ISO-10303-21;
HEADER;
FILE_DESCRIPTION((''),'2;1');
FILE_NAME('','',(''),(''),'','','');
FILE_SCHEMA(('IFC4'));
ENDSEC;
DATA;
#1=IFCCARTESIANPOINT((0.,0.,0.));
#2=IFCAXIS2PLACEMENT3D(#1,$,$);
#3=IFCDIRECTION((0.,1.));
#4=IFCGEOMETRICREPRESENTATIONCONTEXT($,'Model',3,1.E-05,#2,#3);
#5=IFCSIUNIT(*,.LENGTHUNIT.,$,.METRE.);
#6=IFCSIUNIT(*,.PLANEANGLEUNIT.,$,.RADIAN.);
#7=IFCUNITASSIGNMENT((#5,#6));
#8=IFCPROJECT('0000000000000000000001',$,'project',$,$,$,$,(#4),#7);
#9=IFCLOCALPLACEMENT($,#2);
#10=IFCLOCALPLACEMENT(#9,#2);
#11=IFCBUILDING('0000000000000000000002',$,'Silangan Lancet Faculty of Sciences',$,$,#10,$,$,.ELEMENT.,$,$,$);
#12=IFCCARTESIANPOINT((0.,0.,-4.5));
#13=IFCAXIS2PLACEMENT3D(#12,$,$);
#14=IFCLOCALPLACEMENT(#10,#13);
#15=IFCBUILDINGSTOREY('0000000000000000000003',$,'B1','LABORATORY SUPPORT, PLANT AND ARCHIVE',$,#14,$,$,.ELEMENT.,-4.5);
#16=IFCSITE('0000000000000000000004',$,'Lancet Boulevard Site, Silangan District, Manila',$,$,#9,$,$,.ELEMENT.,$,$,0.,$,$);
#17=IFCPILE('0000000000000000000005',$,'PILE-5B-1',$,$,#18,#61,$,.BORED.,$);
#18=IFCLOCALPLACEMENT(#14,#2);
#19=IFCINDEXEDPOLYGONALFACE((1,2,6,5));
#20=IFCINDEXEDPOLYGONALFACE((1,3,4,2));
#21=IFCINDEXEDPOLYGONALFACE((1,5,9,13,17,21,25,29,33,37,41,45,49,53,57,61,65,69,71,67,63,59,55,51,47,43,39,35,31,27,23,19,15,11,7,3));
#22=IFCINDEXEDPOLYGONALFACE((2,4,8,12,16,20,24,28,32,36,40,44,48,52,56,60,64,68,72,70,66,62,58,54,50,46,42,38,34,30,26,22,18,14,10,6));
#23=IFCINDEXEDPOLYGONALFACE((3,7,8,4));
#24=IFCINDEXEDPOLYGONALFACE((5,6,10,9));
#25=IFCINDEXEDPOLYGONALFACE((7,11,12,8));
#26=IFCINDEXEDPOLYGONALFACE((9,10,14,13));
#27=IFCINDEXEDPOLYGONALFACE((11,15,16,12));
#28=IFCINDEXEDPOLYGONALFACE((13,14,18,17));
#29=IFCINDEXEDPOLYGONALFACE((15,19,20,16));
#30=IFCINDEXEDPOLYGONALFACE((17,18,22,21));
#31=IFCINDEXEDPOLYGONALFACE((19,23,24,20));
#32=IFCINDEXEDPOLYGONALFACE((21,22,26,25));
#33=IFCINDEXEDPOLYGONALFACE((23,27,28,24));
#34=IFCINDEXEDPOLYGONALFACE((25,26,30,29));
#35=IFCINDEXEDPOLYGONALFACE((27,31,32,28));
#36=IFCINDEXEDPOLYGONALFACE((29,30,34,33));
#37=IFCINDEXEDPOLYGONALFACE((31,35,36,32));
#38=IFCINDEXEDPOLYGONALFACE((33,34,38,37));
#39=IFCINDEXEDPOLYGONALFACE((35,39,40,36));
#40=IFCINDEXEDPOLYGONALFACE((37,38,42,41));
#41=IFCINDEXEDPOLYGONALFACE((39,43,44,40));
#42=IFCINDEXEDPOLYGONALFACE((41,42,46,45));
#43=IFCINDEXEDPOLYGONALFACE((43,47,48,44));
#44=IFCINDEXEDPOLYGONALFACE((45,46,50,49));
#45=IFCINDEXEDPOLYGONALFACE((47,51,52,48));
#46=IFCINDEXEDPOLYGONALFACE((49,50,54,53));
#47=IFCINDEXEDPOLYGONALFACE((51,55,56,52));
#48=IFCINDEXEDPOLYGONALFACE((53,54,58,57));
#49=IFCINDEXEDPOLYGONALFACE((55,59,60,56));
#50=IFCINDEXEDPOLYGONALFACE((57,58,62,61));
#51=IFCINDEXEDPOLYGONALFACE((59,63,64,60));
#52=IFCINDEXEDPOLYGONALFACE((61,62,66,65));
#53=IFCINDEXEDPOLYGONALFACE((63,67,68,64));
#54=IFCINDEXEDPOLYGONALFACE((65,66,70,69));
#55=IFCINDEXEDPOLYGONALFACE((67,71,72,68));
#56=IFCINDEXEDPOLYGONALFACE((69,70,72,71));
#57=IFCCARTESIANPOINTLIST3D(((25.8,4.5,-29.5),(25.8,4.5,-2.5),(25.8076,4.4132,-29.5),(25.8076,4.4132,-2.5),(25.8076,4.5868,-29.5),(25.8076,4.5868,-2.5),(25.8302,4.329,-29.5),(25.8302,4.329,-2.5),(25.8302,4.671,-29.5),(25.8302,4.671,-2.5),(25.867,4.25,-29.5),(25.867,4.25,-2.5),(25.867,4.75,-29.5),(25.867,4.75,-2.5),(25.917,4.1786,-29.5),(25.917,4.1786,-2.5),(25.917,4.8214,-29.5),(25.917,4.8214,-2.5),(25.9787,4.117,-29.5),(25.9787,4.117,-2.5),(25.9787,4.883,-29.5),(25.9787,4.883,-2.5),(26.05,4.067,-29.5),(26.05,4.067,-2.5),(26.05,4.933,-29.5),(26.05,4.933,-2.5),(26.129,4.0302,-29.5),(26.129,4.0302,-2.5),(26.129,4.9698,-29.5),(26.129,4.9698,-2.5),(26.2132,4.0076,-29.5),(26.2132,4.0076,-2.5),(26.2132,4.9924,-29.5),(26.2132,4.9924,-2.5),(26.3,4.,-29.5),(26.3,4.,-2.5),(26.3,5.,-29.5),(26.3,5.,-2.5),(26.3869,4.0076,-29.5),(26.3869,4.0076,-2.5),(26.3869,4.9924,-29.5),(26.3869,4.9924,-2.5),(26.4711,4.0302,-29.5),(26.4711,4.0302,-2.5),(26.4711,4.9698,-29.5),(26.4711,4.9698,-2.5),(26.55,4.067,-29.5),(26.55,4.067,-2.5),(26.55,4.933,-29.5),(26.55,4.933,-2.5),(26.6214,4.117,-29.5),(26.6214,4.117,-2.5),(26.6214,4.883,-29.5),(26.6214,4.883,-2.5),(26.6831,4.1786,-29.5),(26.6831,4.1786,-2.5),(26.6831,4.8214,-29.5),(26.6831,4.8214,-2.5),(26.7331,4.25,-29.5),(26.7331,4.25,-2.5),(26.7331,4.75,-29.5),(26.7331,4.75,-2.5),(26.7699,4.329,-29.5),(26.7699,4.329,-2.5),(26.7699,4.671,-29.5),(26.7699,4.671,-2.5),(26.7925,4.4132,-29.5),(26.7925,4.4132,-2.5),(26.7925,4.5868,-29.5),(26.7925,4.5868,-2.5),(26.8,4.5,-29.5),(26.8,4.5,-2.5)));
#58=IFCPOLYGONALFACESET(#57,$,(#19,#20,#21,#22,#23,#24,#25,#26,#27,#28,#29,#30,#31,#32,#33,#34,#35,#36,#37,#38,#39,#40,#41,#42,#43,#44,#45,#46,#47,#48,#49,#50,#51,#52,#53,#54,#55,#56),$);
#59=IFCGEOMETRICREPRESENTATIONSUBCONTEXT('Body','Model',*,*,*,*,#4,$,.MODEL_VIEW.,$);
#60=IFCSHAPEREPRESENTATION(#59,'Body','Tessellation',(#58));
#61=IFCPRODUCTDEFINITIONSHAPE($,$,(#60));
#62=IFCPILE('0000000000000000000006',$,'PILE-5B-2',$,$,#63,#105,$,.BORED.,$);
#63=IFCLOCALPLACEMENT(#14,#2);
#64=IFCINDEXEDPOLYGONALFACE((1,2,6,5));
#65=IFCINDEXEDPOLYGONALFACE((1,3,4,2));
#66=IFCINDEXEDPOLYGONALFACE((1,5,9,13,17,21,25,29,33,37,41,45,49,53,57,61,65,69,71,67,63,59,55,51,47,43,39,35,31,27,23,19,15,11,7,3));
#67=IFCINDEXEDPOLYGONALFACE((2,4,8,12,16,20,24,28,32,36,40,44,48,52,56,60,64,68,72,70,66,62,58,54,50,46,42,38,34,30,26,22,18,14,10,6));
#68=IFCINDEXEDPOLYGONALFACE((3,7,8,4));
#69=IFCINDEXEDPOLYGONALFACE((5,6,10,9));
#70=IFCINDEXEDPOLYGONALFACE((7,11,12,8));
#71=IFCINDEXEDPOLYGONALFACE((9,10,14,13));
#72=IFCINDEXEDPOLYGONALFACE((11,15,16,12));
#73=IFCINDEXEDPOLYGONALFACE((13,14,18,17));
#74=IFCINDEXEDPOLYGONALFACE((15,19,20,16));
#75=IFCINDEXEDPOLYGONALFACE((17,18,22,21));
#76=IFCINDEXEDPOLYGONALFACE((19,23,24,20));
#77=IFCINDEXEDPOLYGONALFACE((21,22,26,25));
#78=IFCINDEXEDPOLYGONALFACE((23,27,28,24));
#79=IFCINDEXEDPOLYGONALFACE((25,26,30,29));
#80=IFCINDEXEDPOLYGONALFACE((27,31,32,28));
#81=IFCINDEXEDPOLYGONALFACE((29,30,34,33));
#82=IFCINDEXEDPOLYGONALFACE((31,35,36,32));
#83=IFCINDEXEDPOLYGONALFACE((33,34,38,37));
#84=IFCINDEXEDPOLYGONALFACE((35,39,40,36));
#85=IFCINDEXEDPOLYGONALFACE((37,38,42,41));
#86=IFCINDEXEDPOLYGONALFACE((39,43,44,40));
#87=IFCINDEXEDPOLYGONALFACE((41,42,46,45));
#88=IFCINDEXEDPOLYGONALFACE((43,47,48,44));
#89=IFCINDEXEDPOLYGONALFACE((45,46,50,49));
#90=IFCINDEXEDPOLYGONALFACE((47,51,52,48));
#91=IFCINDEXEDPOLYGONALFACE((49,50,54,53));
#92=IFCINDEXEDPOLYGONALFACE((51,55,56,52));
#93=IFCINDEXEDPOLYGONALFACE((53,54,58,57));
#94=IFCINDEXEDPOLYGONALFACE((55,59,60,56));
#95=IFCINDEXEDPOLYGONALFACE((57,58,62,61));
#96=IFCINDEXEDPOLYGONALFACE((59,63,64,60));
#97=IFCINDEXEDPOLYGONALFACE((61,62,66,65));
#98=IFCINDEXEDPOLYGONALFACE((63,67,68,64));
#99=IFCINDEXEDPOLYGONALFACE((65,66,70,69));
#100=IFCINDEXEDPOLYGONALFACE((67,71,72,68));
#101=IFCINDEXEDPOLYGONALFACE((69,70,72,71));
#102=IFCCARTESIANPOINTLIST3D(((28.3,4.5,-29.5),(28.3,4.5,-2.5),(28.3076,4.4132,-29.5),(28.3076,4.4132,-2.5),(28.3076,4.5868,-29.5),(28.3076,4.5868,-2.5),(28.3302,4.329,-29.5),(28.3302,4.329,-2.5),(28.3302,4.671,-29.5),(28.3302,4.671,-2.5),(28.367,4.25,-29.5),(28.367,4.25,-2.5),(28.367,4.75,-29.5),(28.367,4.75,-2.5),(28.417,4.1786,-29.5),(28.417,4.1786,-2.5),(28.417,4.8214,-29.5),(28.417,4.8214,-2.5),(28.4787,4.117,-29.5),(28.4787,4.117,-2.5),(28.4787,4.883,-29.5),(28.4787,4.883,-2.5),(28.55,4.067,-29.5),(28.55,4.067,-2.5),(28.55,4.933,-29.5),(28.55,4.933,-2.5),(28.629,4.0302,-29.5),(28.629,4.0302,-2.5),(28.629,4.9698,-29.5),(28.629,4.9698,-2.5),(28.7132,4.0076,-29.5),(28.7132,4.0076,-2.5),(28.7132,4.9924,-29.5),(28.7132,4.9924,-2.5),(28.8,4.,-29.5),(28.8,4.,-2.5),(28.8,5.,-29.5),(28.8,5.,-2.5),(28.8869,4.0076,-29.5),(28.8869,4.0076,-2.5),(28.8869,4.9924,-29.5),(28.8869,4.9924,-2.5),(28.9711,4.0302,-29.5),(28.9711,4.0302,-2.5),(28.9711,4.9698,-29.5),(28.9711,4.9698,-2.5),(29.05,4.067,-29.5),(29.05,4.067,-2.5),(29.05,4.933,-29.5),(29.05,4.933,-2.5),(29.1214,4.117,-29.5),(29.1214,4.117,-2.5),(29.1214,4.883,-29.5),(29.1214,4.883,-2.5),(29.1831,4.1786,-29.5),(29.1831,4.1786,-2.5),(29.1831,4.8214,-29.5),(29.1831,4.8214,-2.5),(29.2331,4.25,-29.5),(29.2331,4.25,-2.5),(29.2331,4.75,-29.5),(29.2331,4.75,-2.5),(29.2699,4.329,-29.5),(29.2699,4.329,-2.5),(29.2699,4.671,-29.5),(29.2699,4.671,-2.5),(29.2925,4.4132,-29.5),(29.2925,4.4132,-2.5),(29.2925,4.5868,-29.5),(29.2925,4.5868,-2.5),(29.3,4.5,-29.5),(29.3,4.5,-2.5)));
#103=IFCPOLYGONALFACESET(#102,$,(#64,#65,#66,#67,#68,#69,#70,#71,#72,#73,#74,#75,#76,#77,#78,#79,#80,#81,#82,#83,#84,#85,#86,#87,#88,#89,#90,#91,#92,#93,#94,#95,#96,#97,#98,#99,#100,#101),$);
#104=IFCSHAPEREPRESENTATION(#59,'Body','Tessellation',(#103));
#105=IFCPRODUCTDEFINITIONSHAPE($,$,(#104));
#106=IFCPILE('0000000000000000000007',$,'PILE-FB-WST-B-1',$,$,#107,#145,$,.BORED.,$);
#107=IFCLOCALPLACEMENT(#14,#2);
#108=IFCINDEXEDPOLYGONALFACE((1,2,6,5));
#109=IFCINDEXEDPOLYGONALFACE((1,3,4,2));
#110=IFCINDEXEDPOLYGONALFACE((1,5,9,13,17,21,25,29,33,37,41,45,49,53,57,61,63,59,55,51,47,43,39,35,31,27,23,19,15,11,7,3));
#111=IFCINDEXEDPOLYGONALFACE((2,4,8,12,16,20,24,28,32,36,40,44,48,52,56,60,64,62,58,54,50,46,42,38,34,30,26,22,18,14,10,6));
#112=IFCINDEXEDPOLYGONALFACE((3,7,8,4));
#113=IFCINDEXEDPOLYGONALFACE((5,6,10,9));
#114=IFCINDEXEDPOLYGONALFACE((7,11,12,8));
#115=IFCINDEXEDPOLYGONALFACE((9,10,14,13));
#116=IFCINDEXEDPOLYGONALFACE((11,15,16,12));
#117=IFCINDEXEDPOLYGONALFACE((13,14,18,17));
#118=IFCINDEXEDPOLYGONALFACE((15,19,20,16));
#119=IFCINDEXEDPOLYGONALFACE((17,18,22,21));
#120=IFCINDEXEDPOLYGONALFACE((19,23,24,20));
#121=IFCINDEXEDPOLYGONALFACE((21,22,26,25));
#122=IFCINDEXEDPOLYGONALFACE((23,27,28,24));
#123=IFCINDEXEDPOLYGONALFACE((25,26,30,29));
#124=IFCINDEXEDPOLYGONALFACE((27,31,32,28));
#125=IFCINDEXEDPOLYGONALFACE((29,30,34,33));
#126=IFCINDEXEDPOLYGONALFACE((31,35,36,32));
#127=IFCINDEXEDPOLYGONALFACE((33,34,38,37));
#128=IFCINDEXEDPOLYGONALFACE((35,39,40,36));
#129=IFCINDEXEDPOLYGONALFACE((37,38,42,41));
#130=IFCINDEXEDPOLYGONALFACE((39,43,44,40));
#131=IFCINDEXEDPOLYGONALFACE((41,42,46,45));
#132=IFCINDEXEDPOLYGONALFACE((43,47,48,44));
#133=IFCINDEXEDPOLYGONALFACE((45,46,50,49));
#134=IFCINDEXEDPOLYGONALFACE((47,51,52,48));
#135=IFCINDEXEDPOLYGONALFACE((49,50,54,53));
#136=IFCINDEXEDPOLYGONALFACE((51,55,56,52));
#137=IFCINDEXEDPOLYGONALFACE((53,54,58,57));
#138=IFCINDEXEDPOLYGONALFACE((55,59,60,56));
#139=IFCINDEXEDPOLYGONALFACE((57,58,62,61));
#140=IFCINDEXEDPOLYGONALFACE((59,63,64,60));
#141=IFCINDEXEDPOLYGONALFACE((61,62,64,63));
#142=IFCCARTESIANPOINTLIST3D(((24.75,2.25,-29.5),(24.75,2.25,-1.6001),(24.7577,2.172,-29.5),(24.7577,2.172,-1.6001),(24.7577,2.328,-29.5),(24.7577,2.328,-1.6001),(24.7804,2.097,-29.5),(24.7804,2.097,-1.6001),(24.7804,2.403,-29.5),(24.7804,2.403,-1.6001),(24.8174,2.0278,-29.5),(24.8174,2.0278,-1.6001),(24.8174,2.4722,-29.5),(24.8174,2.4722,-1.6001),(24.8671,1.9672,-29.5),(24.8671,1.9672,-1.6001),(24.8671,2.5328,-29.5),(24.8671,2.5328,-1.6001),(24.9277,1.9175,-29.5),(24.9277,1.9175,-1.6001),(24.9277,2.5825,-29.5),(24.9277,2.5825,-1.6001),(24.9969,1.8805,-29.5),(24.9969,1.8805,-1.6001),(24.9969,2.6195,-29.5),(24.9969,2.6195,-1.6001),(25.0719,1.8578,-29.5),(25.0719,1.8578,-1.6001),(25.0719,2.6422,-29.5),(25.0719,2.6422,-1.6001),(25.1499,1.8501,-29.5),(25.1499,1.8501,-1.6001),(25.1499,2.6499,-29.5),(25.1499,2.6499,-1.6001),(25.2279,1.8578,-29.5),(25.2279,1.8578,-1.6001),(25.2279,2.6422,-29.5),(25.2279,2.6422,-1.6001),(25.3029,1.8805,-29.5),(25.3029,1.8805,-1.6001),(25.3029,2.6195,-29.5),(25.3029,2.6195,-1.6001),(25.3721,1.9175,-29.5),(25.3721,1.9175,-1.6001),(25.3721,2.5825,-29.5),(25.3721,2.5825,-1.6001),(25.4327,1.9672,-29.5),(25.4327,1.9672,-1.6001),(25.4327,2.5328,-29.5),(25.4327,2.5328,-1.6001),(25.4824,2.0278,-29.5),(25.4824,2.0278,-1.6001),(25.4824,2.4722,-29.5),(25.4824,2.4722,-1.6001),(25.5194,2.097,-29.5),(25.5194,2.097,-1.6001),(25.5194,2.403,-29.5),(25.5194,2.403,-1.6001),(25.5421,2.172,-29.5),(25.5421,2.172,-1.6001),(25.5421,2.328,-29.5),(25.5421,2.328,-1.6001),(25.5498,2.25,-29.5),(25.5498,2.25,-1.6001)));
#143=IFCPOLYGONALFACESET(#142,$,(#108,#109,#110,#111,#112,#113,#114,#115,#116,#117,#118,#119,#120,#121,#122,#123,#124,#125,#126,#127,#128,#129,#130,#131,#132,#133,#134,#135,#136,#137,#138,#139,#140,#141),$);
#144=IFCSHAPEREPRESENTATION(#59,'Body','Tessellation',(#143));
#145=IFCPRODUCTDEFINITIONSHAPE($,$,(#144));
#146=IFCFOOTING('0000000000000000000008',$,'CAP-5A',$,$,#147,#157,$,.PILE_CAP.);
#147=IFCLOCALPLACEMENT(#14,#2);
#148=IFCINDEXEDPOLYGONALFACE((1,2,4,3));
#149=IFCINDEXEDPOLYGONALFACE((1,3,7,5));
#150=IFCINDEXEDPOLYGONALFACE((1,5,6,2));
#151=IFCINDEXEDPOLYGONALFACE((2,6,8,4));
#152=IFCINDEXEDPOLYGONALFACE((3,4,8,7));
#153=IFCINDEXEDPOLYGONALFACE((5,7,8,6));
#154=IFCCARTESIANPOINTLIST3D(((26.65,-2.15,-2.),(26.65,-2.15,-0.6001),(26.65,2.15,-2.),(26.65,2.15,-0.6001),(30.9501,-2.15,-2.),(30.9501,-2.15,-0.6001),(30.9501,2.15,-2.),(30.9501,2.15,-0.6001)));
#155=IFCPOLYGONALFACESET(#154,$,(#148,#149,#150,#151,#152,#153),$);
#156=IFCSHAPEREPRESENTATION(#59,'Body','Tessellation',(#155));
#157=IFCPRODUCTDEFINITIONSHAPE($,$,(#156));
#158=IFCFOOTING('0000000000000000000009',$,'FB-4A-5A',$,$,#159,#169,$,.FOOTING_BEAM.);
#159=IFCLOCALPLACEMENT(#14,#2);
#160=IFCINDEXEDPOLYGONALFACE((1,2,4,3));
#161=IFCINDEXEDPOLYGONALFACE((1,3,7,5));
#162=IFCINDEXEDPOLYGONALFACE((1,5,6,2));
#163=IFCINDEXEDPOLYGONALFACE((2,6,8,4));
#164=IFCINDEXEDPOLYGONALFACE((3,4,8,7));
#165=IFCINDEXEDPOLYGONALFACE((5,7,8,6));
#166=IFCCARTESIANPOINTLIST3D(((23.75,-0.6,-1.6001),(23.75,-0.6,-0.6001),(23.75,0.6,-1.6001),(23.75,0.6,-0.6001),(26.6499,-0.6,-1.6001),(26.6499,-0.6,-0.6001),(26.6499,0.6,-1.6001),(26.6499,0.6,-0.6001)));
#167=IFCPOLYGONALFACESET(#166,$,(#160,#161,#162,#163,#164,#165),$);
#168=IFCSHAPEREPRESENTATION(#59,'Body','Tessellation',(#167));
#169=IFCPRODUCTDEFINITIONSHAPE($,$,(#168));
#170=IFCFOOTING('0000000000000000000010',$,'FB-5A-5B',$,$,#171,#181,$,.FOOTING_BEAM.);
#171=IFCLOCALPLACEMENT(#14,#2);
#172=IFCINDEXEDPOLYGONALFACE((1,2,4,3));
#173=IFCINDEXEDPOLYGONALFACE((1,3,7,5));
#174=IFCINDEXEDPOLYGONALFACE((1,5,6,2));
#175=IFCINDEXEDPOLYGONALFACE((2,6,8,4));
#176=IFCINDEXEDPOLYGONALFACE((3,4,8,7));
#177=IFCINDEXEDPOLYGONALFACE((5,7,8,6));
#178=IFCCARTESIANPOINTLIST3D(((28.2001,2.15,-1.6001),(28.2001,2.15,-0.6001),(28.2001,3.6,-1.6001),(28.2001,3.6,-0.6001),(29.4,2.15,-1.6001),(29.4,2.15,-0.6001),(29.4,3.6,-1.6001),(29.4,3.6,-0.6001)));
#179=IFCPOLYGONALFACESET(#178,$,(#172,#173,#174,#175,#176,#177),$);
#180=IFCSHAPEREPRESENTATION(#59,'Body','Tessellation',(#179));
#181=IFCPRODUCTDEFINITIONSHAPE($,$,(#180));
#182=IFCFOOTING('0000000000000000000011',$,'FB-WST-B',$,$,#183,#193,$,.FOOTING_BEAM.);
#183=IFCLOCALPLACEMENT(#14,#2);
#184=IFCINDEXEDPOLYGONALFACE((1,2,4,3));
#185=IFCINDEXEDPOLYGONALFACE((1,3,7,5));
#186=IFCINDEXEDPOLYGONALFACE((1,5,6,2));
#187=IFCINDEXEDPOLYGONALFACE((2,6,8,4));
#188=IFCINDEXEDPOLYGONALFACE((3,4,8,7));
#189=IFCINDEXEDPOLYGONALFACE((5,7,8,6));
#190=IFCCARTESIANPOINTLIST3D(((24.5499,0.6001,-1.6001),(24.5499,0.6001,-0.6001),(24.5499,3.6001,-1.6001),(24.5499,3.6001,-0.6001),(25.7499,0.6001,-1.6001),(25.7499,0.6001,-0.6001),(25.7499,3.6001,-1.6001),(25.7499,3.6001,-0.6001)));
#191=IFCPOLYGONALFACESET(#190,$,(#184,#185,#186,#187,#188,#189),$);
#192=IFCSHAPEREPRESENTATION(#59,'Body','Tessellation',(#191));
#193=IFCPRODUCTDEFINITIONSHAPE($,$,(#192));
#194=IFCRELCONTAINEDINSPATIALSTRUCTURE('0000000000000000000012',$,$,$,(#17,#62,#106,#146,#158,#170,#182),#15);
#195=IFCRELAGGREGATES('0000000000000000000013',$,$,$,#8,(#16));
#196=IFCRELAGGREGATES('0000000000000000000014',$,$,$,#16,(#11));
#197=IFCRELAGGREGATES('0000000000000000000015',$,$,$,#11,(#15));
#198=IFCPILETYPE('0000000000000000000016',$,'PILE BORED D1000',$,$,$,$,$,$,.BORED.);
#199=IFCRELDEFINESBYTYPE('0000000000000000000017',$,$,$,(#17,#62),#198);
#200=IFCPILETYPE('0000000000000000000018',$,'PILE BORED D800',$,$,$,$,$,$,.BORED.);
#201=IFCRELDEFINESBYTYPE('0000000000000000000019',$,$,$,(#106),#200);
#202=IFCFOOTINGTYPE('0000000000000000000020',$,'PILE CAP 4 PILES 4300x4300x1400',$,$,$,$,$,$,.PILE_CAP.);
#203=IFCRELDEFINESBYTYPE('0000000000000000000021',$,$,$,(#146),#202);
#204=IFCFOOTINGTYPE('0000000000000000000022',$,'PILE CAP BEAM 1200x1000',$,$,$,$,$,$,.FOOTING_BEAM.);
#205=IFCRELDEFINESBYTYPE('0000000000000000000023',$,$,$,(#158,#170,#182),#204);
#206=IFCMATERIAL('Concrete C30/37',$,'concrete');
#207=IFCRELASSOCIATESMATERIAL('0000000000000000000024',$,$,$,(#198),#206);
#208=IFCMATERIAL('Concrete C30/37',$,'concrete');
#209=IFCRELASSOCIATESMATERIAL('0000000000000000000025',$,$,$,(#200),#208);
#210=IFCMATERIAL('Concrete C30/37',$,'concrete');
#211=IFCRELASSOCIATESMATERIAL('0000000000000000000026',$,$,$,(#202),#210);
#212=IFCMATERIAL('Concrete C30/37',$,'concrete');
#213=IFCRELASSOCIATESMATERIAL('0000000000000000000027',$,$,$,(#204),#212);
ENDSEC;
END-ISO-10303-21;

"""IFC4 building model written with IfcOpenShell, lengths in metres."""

from ifc_helpers import new_model, si_unit, direction, frame, origin, origin_2d, place, context, subcontext, project, spatial, rectangle, circle, extrude, material, material_profile, profile_set, type_object, element, save


model = new_model("IFC4")

# Units and contexts
model_context = context("Model", 3, precision=1e-05, world=origin(), true_north=direction((0.0, 1.0)))
body_context = subcontext(model_context, "Body", "Model", "MODEL_VIEW")
ifc_project = project(units=[si_unit("LENGTHUNIT", "METRE"), si_unit("PLANEANGLEUNIT", "RADIAN")], contexts=[model_context])

# Site, building, storey
site_placement = place(None, origin())
site = spatial("IfcSite", under=ifc_project, at=site_placement, Name="Lancet Boulevard Site, Silangan District, Manila", CompositionType="ELEMENT", RefElevation=0.0)
building_placement = place(site_placement, origin())
building = spatial("IfcBuilding", under=site, at=building_placement, Name="Silangan Lancet Faculty of Sciences", CompositionType="ELEMENT")
storey_placement = place(building_placement, frame((0.0, 0.0, -4.5)))
storey = spatial("IfcBuildingStorey", under=building, at=storey_placement, Name="B1", Description="LABORATORY SUPPORT, PLANT AND ARCHIVE", CompositionType="ELEMENT", Elevation=-4.5)

# Piles
ifc_material_1 = material(Name="Concrete C30/37", Category="concrete")
ifc_material_profile_1 = material_profile(ifc_material_1, circle(Radius=0.5, at=origin_2d()), Name="BORED PILE D1000")
ifc_profile_set_1 = profile_set([ifc_material_profile_1], Name="Concrete C30/37")
pile_type_1 = type_object("IfcPileType", Name="PILE BORED D1000", PredefinedType="BORED", material=ifc_profile_set_1)
for number, where, z_axis, x_axis, name in (
    (1, (26.3, 4.5, -2.5), (0.0, 0.0, -1.0), (1.0, 0.0, 0.0), "PILE-5B-1"),
    (2, (28.8, 4.5, -2.5), (0.0, 0.0, -1.0), (1.0, 0.0, 0.0), "PILE-5B-2"),
):
    element("IfcPile", number, at=place(storey_placement, frame(where, z_axis=z_axis, x_axis=x_axis)), inside=storey, type_object=pile_type_1, Name=name, PredefinedType="BORED", context=body_context, shape_type="SweptSolid", body=[
        extrude(circle(Radius=0.5, at=origin_2d()), origin(), (0.0, 0.0, 1.0), 27.0),
    ])
ifc_material_2 = material(Name="Concrete C30/37", Category="concrete")
ifc_material_profile_2 = material_profile(ifc_material_2, circle(Radius=0.3999, at=origin_2d()), Name="BORED PILE D800")
ifc_profile_set_2 = profile_set([ifc_material_profile_2], Name="Concrete C30/37")
pile_type_2 = type_object("IfcPileType", Name="PILE BORED D800", PredefinedType="BORED", material=ifc_profile_set_2)
pile_placement = place(storey_placement, frame((25.1499, 2.25, -1.6001), z_axis=(0.0, 0.0, -1.0), x_axis=(1.0, 0.0, 0.0)))
element("IfcPile", 3, at=pile_placement, inside=storey, type_object=pile_type_2, Name="PILE-FB-WST-B-1", PredefinedType="BORED", context=body_context, shape_type="SweptSolid", body=[
    extrude(circle(Radius=0.3999, at=origin_2d()), origin(), (0.0, 0.0, 1.0), 27.8999),
])

# Footings
ifc_material_3 = material(Name="Concrete C30/37", Category="concrete")
footing_type_1 = type_object("IfcFootingType", Name="PILE CAP 4 PILES 4300x4300x1400", PredefinedType="PILE_CAP", material=ifc_material_3)
footing_1_placement = place(storey_placement, frame((28.8, 0.0, -2.0), z_axis=(0.0, 0.0, 1.0), x_axis=(1.0, 0.0, 0.0)))
element("IfcFooting", 4, at=footing_1_placement, inside=storey, type_object=footing_type_1, Name="CAP-5A", PredefinedType="PILE_CAP", context=body_context, shape_type="SweptSolid", body=[
    extrude(rectangle(XDim=4.3, YDim=4.3, at=origin_2d()), origin(), (0.0, 0.0, 1.0), 1.3999),
])
ifc_material_4 = material(Name="Concrete C30/37", Category="concrete")
footing_type_2 = type_object("IfcFootingType", Name="PILE CAP BEAM 1200x1000", PredefinedType="FOOTING_BEAM", material=ifc_material_4)
footing_2_placement = place(storey_placement, frame((25.2, 0.0, -1.6001), z_axis=(0.0, 0.0, 1.0), x_axis=(1.0, 0.0, 0.0)))
element("IfcFooting", 5, at=footing_2_placement, inside=storey, type_object=footing_type_2, Name="FB-4A-5A", PredefinedType="FOOTING_BEAM", context=body_context, shape_type="SweptSolid", body=[
    extrude(rectangle(XDim=2.8999, YDim=1.2, at=origin_2d()), origin(), (0.0, 0.0, 1.0), 1.0),
])
footing_3_placement = place(storey_placement, frame((28.8, 2.875, -1.6001), z_axis=(0.0, 0.0, 1.0), x_axis=(0.0, 1.0, 0.0)))
element("IfcFooting", 6, at=footing_3_placement, inside=storey, type_object=footing_type_2, Name="FB-5A-5B", PredefinedType="FOOTING_BEAM", context=body_context, shape_type="SweptSolid", body=[
    extrude(rectangle(XDim=1.45, YDim=1.2, at=origin_2d()), origin(), (0.0, 0.0, 1.0), 1.0),
])
footing_4_placement = place(storey_placement, frame((25.1499, 2.1001, -1.6001), z_axis=(0.0, 0.0, 1.0), x_axis=(0.0, 1.0, 0.0)))
element("IfcFooting", 7, at=footing_4_placement, inside=storey, type_object=footing_type_2, Name="FB-WST-B", PredefinedType="FOOTING_BEAM", context=body_context, shape_type="SweptSolid", body=[
    extrude(rectangle(XDim=3.0, YDim=1.2, at=origin_2d()), origin(), (0.0, 0.0, 1.0), 1.0),
])

save(model, "model.ifc")
